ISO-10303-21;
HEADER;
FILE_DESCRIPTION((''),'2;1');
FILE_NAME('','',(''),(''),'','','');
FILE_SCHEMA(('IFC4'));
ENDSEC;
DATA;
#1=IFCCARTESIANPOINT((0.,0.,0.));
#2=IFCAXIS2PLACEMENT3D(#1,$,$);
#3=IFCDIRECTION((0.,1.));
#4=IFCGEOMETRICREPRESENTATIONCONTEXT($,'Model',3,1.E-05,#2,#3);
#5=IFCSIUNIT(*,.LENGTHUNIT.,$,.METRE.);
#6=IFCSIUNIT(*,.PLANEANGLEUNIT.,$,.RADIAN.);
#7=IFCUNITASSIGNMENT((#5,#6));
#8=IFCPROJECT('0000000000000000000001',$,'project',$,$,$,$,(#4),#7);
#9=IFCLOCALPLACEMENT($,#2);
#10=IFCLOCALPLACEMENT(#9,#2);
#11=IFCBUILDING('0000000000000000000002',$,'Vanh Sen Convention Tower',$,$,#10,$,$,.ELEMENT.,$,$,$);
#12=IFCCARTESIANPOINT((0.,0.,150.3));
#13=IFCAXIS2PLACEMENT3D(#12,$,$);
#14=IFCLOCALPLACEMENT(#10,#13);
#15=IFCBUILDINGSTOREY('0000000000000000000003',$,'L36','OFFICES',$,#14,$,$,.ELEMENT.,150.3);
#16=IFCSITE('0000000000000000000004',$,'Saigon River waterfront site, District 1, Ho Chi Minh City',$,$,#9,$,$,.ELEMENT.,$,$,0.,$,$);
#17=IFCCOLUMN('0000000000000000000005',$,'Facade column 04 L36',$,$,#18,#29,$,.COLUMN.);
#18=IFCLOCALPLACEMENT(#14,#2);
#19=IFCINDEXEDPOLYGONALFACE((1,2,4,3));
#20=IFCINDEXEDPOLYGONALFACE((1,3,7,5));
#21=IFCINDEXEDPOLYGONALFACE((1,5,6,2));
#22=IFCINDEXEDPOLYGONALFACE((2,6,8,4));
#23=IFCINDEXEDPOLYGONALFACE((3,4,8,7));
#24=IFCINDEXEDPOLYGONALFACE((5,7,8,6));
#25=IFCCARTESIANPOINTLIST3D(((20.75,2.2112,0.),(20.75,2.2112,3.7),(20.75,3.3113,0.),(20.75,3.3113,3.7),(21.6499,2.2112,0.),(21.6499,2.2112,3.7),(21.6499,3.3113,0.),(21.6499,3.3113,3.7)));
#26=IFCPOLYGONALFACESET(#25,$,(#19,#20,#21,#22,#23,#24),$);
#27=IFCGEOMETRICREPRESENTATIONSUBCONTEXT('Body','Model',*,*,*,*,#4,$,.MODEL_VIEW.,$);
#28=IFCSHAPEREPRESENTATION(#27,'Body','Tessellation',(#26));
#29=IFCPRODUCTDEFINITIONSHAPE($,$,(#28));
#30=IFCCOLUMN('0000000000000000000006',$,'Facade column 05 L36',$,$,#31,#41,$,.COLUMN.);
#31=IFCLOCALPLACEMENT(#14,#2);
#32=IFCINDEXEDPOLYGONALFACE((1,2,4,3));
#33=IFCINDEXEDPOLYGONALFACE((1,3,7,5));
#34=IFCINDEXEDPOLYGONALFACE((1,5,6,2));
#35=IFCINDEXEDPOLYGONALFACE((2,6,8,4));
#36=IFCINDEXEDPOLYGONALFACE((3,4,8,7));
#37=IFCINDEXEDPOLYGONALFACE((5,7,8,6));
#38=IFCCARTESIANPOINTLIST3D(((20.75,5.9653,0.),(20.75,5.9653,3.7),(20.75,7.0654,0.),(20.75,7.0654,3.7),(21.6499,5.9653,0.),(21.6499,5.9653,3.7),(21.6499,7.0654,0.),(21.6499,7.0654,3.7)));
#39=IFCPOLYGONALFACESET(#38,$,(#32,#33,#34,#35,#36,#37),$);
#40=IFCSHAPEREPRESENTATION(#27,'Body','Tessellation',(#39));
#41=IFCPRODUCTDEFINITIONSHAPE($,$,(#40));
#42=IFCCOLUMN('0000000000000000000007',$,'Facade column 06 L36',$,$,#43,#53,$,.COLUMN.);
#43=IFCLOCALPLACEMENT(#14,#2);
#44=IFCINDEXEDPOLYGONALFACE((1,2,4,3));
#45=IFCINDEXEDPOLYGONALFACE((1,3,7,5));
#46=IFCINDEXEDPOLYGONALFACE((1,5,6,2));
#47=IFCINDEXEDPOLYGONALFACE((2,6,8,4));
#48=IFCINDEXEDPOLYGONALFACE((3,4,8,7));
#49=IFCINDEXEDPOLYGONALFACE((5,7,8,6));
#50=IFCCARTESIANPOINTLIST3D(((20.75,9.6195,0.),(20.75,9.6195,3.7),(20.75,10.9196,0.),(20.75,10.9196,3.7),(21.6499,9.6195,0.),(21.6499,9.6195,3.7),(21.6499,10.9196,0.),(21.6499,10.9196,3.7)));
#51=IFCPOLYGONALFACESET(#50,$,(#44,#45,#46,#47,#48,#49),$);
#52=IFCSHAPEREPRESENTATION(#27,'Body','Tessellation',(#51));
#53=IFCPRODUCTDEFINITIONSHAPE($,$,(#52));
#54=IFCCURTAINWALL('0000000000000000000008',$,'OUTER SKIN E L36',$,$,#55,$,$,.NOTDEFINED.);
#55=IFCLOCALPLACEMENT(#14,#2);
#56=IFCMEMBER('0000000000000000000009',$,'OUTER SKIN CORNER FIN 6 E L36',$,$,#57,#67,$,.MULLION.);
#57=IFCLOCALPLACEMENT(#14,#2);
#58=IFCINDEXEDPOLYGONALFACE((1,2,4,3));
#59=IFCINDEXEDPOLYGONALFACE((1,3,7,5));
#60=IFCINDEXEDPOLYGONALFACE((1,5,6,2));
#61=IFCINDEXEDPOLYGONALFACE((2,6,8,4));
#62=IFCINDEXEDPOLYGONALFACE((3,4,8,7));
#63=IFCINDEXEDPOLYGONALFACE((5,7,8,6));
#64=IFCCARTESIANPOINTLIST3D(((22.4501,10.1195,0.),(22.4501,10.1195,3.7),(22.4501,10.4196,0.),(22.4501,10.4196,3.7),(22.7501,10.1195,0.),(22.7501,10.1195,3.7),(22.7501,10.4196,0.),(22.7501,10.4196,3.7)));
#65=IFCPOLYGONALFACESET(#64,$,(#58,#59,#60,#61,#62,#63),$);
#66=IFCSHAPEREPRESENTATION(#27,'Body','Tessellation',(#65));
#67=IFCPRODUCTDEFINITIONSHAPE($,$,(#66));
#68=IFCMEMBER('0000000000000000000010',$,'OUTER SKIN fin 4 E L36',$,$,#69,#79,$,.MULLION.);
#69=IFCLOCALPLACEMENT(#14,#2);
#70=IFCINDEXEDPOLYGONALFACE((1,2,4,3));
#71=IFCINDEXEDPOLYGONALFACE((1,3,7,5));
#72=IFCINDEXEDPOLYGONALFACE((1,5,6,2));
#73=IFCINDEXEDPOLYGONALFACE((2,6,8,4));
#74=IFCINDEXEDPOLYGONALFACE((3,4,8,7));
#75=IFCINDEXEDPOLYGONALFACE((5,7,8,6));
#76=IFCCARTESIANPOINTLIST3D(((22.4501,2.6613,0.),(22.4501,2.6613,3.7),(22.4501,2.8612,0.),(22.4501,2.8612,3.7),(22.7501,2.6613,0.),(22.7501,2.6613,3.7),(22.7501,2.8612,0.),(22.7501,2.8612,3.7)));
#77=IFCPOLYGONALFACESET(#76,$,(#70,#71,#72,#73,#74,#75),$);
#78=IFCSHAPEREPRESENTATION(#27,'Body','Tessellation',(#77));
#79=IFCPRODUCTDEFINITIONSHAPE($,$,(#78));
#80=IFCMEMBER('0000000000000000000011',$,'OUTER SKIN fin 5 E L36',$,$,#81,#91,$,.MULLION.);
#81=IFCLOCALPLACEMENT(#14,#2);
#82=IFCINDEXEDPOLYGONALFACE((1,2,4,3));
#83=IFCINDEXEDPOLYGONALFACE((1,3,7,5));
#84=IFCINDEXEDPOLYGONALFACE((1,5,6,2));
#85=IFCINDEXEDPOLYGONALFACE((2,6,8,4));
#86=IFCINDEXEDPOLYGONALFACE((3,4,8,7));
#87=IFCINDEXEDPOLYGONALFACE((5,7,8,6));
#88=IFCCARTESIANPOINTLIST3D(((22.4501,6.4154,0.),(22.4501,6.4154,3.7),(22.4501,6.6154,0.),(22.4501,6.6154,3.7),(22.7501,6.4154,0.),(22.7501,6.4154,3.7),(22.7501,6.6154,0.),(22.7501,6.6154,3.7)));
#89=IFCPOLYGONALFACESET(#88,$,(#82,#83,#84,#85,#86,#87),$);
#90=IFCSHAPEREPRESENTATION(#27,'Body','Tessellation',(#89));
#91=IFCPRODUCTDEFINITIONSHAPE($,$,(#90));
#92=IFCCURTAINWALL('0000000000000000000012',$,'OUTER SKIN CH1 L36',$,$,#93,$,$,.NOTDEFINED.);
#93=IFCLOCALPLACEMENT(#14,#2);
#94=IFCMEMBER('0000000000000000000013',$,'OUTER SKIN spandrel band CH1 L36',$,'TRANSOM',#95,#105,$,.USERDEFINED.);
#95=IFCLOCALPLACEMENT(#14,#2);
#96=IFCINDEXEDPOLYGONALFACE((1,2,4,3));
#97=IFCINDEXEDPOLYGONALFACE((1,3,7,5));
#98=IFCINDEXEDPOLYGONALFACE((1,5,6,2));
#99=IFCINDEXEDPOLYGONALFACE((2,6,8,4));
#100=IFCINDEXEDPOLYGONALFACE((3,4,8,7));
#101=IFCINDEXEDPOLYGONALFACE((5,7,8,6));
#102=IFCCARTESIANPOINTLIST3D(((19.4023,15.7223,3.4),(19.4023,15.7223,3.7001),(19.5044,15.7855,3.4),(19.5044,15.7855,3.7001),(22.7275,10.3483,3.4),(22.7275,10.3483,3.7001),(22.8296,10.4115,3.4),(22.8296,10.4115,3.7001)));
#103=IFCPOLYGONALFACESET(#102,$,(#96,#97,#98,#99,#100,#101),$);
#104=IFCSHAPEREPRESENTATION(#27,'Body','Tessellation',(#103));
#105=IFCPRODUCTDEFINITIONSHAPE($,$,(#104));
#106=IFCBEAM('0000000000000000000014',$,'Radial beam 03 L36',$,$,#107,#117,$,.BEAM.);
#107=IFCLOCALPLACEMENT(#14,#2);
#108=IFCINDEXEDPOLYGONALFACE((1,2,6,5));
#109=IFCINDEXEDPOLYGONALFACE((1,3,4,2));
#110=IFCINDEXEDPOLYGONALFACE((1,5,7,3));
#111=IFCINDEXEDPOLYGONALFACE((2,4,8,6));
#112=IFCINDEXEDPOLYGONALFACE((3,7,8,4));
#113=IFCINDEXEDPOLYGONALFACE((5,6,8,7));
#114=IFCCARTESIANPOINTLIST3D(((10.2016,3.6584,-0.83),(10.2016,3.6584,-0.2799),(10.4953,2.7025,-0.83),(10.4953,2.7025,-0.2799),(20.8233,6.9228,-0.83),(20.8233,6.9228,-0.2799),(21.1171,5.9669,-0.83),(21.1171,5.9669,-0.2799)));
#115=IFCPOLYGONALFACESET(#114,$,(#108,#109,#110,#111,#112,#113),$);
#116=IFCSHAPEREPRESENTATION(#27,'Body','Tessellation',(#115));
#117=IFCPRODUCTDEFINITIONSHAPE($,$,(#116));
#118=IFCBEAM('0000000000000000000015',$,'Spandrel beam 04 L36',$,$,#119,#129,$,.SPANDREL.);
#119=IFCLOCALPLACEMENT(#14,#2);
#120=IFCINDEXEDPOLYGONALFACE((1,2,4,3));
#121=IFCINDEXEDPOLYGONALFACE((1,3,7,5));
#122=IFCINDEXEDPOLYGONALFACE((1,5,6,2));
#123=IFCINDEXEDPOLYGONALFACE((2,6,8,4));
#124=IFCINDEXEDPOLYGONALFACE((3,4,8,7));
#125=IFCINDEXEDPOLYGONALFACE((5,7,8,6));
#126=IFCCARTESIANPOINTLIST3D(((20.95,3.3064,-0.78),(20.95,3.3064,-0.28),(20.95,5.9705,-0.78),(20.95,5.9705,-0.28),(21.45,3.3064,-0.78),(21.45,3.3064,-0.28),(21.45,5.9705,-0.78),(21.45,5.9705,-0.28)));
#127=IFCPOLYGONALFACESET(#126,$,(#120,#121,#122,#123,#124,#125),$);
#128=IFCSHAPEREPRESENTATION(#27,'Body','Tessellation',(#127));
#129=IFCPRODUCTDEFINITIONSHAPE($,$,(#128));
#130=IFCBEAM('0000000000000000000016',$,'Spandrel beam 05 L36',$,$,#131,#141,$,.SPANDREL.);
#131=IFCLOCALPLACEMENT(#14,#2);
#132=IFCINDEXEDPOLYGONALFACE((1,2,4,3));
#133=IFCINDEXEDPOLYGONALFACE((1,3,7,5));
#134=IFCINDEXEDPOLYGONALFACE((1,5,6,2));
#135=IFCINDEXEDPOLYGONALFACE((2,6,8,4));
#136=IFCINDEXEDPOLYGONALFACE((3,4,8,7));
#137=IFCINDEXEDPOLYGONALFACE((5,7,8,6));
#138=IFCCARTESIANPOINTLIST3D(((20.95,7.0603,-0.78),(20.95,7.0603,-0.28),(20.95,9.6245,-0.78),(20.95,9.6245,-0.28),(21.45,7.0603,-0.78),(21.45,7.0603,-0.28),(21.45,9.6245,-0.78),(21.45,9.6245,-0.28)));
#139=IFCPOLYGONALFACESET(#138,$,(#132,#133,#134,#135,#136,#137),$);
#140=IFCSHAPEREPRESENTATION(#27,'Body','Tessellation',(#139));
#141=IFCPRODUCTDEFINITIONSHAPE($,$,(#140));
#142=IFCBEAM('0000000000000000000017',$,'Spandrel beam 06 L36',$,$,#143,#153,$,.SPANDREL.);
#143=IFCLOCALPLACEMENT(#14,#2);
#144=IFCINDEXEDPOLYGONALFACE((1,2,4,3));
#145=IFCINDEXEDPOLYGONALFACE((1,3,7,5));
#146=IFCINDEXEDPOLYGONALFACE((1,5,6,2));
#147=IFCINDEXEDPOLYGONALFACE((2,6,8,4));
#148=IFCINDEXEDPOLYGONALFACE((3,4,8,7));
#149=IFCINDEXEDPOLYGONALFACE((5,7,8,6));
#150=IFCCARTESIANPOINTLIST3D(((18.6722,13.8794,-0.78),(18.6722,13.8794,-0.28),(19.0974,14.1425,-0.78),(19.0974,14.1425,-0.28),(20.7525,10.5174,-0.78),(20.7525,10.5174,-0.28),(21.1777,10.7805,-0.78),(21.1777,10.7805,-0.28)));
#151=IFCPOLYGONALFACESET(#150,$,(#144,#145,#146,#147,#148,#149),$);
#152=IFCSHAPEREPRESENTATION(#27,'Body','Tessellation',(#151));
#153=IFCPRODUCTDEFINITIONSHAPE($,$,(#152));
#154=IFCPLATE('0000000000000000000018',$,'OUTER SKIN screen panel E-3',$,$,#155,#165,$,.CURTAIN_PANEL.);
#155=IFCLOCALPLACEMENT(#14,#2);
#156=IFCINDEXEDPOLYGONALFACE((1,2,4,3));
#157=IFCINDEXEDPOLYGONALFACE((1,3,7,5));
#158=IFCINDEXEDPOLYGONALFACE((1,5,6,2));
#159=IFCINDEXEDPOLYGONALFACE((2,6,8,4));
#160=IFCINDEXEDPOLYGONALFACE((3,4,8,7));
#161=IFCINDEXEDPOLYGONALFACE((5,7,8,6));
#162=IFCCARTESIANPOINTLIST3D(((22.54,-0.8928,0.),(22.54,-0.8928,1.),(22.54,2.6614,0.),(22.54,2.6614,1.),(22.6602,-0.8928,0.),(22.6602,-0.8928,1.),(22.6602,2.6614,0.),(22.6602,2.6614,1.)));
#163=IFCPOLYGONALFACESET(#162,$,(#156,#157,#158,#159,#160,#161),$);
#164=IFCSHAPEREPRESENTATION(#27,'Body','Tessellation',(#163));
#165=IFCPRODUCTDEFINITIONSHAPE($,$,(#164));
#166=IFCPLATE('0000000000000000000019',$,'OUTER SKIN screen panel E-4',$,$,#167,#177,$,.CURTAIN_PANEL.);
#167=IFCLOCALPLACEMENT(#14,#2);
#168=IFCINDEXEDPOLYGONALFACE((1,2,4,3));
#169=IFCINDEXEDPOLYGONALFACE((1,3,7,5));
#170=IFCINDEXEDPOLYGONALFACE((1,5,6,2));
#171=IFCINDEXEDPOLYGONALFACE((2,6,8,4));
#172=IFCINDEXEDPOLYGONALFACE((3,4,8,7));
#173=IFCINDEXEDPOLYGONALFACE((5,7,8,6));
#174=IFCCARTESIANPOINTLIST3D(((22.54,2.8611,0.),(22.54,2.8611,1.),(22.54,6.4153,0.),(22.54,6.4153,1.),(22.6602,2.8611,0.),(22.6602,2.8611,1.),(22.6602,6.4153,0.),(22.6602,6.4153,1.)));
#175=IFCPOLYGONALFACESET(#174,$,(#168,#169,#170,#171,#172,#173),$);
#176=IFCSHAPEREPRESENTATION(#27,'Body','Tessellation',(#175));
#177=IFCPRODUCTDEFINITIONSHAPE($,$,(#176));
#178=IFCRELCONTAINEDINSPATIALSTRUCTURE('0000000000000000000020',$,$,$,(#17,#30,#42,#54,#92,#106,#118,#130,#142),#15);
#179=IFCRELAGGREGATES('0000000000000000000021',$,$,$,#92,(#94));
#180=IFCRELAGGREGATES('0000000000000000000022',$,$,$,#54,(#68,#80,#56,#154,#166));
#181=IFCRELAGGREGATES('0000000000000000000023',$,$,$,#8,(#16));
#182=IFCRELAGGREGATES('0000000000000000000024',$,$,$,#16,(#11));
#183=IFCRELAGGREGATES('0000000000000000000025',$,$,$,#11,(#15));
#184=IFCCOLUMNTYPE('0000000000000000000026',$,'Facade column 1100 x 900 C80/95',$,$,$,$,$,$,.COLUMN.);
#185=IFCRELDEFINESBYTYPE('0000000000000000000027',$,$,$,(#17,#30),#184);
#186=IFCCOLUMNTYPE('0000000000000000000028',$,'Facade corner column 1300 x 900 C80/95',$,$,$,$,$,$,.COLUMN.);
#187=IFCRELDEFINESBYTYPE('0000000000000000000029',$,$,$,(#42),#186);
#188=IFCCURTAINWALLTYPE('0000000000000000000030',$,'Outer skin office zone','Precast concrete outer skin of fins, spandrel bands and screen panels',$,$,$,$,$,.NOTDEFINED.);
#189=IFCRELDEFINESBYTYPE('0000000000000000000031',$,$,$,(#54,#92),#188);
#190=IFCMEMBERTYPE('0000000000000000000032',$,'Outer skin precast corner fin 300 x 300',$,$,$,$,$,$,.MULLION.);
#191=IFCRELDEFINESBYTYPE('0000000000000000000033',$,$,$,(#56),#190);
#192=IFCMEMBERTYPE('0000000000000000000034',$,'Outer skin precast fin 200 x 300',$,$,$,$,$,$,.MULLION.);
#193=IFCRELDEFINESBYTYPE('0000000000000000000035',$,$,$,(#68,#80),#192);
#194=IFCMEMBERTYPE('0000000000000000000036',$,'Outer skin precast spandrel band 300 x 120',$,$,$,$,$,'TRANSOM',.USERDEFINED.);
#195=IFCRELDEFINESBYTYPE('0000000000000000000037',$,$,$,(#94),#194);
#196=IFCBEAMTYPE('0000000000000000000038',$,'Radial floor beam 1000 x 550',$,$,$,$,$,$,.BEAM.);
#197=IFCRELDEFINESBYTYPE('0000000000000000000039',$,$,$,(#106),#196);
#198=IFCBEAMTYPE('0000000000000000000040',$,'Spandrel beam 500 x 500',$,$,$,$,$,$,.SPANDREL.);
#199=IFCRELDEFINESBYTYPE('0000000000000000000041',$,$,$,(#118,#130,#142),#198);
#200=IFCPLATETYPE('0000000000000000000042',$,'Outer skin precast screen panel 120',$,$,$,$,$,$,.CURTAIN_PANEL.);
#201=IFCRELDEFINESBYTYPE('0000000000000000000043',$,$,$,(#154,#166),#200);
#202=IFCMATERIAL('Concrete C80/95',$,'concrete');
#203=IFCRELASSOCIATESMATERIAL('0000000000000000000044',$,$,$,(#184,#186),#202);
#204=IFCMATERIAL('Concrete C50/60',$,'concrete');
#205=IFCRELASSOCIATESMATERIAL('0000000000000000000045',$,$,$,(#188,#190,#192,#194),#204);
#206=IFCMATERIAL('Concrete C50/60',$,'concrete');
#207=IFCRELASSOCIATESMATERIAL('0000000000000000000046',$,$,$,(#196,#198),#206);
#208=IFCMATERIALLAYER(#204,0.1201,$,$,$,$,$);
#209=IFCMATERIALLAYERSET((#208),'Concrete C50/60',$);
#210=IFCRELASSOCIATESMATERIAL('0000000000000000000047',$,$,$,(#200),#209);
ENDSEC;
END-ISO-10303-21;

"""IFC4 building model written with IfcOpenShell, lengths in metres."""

from ifc_helpers import new_model, si_unit, direction, frame, origin, origin_2d, place, context, subcontext, project, spatial, rectangle, extrude, material, layer, layer_set, material_profile, profile_set, type_object, element, aggregate, save


model = new_model("IFC4")

# Units and contexts
model_context = context("Model", 3, precision=1e-05, world=origin(), true_north=direction((0.0, 1.0)))
body_context = subcontext(model_context, "Body", "Model", "MODEL_VIEW")
ifc_project = project(units=[si_unit("LENGTHUNIT", "METRE"), si_unit("PLANEANGLEUNIT", "RADIAN")], contexts=[model_context])

# Site, building, storey
site_placement = place(None, origin())
site = spatial("IfcSite", under=ifc_project, at=site_placement, Name="Saigon River waterfront site, District 1, Ho Chi Minh City", CompositionType="ELEMENT", RefElevation=0.0)
building_placement = place(site_placement, origin())
building = spatial("IfcBuilding", under=site, at=building_placement, Name="Vanh Sen Convention Tower", CompositionType="ELEMENT")
storey_placement = place(building_placement, frame((0.0, 0.0, 150.3)))
storey = spatial("IfcBuildingStorey", under=building, at=storey_placement, Name="L36", Description="OFFICES", CompositionType="ELEMENT", Elevation=150.3)

# Columns
ifc_material_1 = material(Name="Concrete C80/95", Category="concrete")
ifc_material_profile_1 = material_profile(ifc_material_1, rectangle(XDim=1.1001, YDim=0.8999, at=origin_2d()), Name="RC 1100X900")
ifc_profile_set_1 = profile_set([ifc_material_profile_1], Name="Concrete C80/95")
column_type_1 = type_object("IfcColumnType", Name="Facade column 1100 x 900 C80/95", PredefinedType="COLUMN", material=ifc_profile_set_1)
for number, where, z_axis, x_axis, name in (
    (1, (21.2, 2.7612, 0.0), (0.0, 0.0, 1.0), (0.0, 1.0, 0.0), "Facade column 04 L36"),
    (2, (21.2, 6.5154, 0.0), (0.0, 0.0, 1.0), (0.0, 1.0, 0.0), "Facade column 05 L36"),
):
    element("IfcColumn", number, at=place(storey_placement, frame(where, z_axis=z_axis, x_axis=x_axis)), inside=storey, type_object=column_type_1, Name=name, PredefinedType="COLUMN", context=body_context, shape_type="SweptSolid", body=[
        extrude(rectangle(XDim=1.1001, YDim=0.8999, at=origin_2d()), origin(), (0.0, 0.0, 1.0), 3.7),
    ])
ifc_material_profile_2 = material_profile(ifc_material_1, rectangle(XDim=1.3, YDim=0.8999, at=origin_2d()), Name="RC 1300X900")
ifc_profile_set_2 = profile_set([ifc_material_profile_2], Name="Concrete C80/95")
column_type_2 = type_object("IfcColumnType", Name="Facade corner column 1300 x 900 C80/95", PredefinedType="COLUMN", material=ifc_profile_set_2)
column_placement = place(storey_placement, frame((21.2, 10.2695, 0.0), z_axis=(0.0, 0.0, 1.0), x_axis=(0.0, 1.0, 0.0)))
element("IfcColumn", 3, at=column_placement, inside=storey, type_object=column_type_2, Name="Facade column 06 L36", PredefinedType="COLUMN", context=body_context, shape_type="SweptSolid", body=[
    extrude(rectangle(XDim=1.3, YDim=0.8999, at=origin_2d()), origin(), (0.0, 0.0, 1.0), 3.7),
])

# Curtain wall, members
ifc_material_2 = material(Name="Concrete C50/60", Category="concrete")
curtain_wall_type = type_object("IfcCurtainWallType", Name="Outer skin office zone", Description="Precast concrete outer skin of fins, spandrel bands and screen panels", PredefinedType="NOTDEFINED", material=ifc_material_2)
curtain_wall_1_placement = place(storey_placement, origin())
curtain_wall_1 = element("IfcCurtainWall", 4, at=curtain_wall_1_placement, inside=storey, type_object=curtain_wall_type, Name="OUTER SKIN E L36", PredefinedType="NOTDEFINED")
ifc_material_profile_3 = material_profile(ifc_material_2, rectangle(XDim=0.3, YDim=0.3, at=origin_2d()), Name="Outer skin precast corner fin 300 x 300")
ifc_profile_set_3 = profile_set([ifc_material_profile_3], Name="Concrete C50/60")
member_type_1 = type_object("IfcMemberType", Name="Outer skin precast corner fin 300 x 300", PredefinedType="MULLION", material=ifc_profile_set_3)
member_1_placement = place(storey_placement, frame((22.6001, 10.2695, 0.0), z_axis=(0.0, 0.0, 1.0), x_axis=(0.0, 1.0, 0.0)))
member_1 = element("IfcMember", 5, at=member_1_placement, type_object=member_type_1, Name="OUTER SKIN CORNER FIN 6 E L36", PredefinedType="MULLION", context=body_context, shape_type="SweptSolid", body=[
    extrude(rectangle(XDim=0.3, YDim=0.3, at=origin_2d()), origin(), (0.0, 0.0, 1.0), 3.7),
])
ifc_material_profile_4 = material_profile(ifc_material_2, rectangle(XDim=0.2, YDim=0.3, at=origin_2d()), Name="Outer skin precast fin 200 x 300")
ifc_profile_set_4 = profile_set([ifc_material_profile_4], Name="Concrete C50/60")
member_type_2 = type_object("IfcMemberType", Name="Outer skin precast fin 200 x 300", PredefinedType="MULLION", material=ifc_profile_set_4)
member_2_placement = place(storey_placement, frame((22.6001, 2.7612, 0.0), z_axis=(0.0, 0.0, 1.0), x_axis=(0.0, 1.0, 0.0)))
member_2 = element("IfcMember", 6, at=member_2_placement, type_object=member_type_2, Name="OUTER SKIN fin 4 E L36", PredefinedType="MULLION", context=body_context, shape_type="SweptSolid", body=[
    extrude(rectangle(XDim=0.2, YDim=0.3, at=origin_2d()), origin(), (0.0, 0.0, 1.0), 3.7),
])
member_3_placement = place(storey_placement, frame((22.6001, 6.5154, 0.0), z_axis=(0.0, 0.0, 1.0), x_axis=(0.0, 1.0, 0.0)))
member_3 = element("IfcMember", 7, at=member_3_placement, type_object=member_type_2, Name="OUTER SKIN fin 5 E L36", PredefinedType="MULLION", context=body_context, shape_type="SweptSolid", body=[
    extrude(rectangle(XDim=0.2, YDim=0.3, at=origin_2d()), origin(), (0.0, 0.0, 1.0), 3.7),
])

# Curtain wall, member
curtain_wall_2_placement = place(storey_placement, origin())
curtain_wall_2 = element("IfcCurtainWall", 8, at=curtain_wall_2_placement, inside=storey, type_object=curtain_wall_type, Name="OUTER SKIN CH1 L36", PredefinedType="NOTDEFINED")
ifc_material_profile_5 = material_profile(ifc_material_2, rectangle(XDim=0.1201, YDim=0.3, at=origin_2d()), Name="Outer skin precast spandrel band 300 x 120")
ifc_profile_set_5 = profile_set([ifc_material_profile_5], Name="Concrete C50/60")
member_type_3 = type_object("IfcMemberType", Name="Outer skin precast spandrel band 300 x 120", ElementType="TRANSOM", PredefinedType="USERDEFINED", material=ifc_profile_set_5)
member_4_placement = place(storey_placement, frame((22.7786, 10.3799, 3.55), z_axis=(-0.526174, 0.850377, 0.0), x_axis=(-0.850377, -0.526174, 0.0)))
member_4 = element("IfcMember", 9, at=member_4_placement, type_object=member_type_3, Name="OUTER SKIN spandrel band CH1 L36", ObjectType="TRANSOM", PredefinedType="USERDEFINED", context=body_context, shape_type="SweptSolid", body=[
    extrude(rectangle(XDim=0.1201, YDim=0.3, at=origin_2d()), origin(), (0.0, 0.0, 1.0), 6.3196),
])
aggregate(curtain_wall_2, [member_4])

# Beams
ifc_material_3 = material(Name="Concrete C50/60", Category="concrete")
ifc_material_profile_6 = material_profile(ifc_material_3, rectangle(XDim=1.0, YDim=0.55, at=origin_2d()), Name="RC 1000X550")
ifc_profile_set_6 = profile_set([ifc_material_profile_6], Name="Concrete C50/60")
beam_type_1 = type_object("IfcBeamType", Name="Radial floor beam 1000 x 550", PredefinedType="BEAM", material=ifc_profile_set_6)
beam_1_placement = place(storey_placement, frame((20.9702, 6.4448, -0.5549), z_axis=(-0.955876, -0.293769, 0.0), x_axis=(0.293769, -0.955876, 0.0)))
element("IfcBeam", 10, at=beam_1_placement, inside=storey, type_object=beam_type_1, Name="Radial beam 03 L36", PredefinedType="BEAM", context=body_context, shape_type="SweptSolid", body=[
    extrude(rectangle(XDim=1.0, YDim=0.55, at=origin_2d()), origin(), (0.0, 0.0, 1.0), 11.1121),
])
ifc_material_profile_7 = material_profile(ifc_material_3, rectangle(XDim=0.5, YDim=0.5, at=origin_2d()), Name="RC 500X500")
ifc_profile_set_7 = profile_set([ifc_material_profile_7], Name="Concrete C50/60")
beam_type_2 = type_object("IfcBeamType", Name="Spandrel beam 500 x 500", PredefinedType="SPANDREL", material=ifc_profile_set_7)
beam_2_placement = place(storey_placement, frame((21.2, 3.3064, -0.53), z_axis=(0.0, 1.0, 0.0), x_axis=(-1.0, 0.0, 0.0)))
element("IfcBeam", 11, at=beam_2_placement, inside=storey, type_object=beam_type_2, Name="Spandrel beam 04 L36", PredefinedType="SPANDREL", context=body_context, shape_type="SweptSolid", body=[
    extrude(rectangle(XDim=0.5, YDim=0.5, at=origin_2d()), origin(), (0.0, 0.0, 1.0), 2.6641),
])
beam_3_placement = place(storey_placement, frame((21.2, 7.0603, -0.53), z_axis=(0.0, 1.0, 0.0), x_axis=(-1.0, 0.0, 0.0)))
element("IfcBeam", 12, at=beam_3_placement, inside=storey, type_object=beam_type_2, Name="Spandrel beam 05 L36", PredefinedType="SPANDREL", context=body_context, shape_type="SweptSolid", body=[
    extrude(rectangle(XDim=0.5, YDim=0.5, at=origin_2d()), origin(), (0.0, 0.0, 1.0), 2.5642),
])
beam_4_placement = place(storey_placement, frame((20.9651, 10.6489, -0.53), z_axis=(-0.52618, 0.850373, 0.0), x_axis=(-0.850373, -0.52618, 0.0)))
element("IfcBeam", 13, at=beam_4_placement, inside=storey, type_object=beam_type_2, Name="Spandrel beam 06 L36", PredefinedType="SPANDREL", context=body_context, shape_type="SweptSolid", body=[
    extrude(rectangle(XDim=0.5, YDim=0.5, at=origin_2d()), origin(), (0.0, 0.0, 1.0), 3.9536),
])

# Plates
ifc_layer_1 = layer(ifc_material_2, 0.1201)
ifc_layer_set_1 = layer_set([ifc_layer_1], Name="Concrete C50/60")
plate_type = type_object("IfcPlateType", Name="Outer skin precast screen panel 120", PredefinedType="CURTAIN_PANEL", material=ifc_layer_set_1)
plate_1_placement = place(storey_placement, frame((22.6001, 0.8843, 0.0), z_axis=(0.0, 0.0, 1.0), x_axis=(0.0, 1.0, 0.0)))
plate_1 = element("IfcPlate", 14, at=plate_1_placement, type_object=plate_type, Name="OUTER SKIN screen panel E-3", PredefinedType="CURTAIN_PANEL", context=body_context, shape_type="SweptSolid", body=[
    extrude(rectangle(XDim=3.5542, YDim=0.1201, at=origin_2d()), origin(), (0.0, 0.0, 1.0), 1.0),
])
plate_2_placement = place(storey_placement, frame((22.6001, 4.6382, 0.0), z_axis=(0.0, 0.0, 1.0), x_axis=(0.0, 1.0, 0.0)))
plate_2 = element("IfcPlate", 15, at=plate_2_placement, type_object=plate_type, Name="OUTER SKIN screen panel E-4", PredefinedType="CURTAIN_PANEL", context=body_context, shape_type="SweptSolid", body=[
    extrude(rectangle(XDim=3.5542, YDim=0.1201, at=origin_2d()), origin(), (0.0, 0.0, 1.0), 1.0),
])
aggregate(curtain_wall_1, [member_2, member_3, member_1, plate_1, plate_2])

save(model, "model.ifc")
